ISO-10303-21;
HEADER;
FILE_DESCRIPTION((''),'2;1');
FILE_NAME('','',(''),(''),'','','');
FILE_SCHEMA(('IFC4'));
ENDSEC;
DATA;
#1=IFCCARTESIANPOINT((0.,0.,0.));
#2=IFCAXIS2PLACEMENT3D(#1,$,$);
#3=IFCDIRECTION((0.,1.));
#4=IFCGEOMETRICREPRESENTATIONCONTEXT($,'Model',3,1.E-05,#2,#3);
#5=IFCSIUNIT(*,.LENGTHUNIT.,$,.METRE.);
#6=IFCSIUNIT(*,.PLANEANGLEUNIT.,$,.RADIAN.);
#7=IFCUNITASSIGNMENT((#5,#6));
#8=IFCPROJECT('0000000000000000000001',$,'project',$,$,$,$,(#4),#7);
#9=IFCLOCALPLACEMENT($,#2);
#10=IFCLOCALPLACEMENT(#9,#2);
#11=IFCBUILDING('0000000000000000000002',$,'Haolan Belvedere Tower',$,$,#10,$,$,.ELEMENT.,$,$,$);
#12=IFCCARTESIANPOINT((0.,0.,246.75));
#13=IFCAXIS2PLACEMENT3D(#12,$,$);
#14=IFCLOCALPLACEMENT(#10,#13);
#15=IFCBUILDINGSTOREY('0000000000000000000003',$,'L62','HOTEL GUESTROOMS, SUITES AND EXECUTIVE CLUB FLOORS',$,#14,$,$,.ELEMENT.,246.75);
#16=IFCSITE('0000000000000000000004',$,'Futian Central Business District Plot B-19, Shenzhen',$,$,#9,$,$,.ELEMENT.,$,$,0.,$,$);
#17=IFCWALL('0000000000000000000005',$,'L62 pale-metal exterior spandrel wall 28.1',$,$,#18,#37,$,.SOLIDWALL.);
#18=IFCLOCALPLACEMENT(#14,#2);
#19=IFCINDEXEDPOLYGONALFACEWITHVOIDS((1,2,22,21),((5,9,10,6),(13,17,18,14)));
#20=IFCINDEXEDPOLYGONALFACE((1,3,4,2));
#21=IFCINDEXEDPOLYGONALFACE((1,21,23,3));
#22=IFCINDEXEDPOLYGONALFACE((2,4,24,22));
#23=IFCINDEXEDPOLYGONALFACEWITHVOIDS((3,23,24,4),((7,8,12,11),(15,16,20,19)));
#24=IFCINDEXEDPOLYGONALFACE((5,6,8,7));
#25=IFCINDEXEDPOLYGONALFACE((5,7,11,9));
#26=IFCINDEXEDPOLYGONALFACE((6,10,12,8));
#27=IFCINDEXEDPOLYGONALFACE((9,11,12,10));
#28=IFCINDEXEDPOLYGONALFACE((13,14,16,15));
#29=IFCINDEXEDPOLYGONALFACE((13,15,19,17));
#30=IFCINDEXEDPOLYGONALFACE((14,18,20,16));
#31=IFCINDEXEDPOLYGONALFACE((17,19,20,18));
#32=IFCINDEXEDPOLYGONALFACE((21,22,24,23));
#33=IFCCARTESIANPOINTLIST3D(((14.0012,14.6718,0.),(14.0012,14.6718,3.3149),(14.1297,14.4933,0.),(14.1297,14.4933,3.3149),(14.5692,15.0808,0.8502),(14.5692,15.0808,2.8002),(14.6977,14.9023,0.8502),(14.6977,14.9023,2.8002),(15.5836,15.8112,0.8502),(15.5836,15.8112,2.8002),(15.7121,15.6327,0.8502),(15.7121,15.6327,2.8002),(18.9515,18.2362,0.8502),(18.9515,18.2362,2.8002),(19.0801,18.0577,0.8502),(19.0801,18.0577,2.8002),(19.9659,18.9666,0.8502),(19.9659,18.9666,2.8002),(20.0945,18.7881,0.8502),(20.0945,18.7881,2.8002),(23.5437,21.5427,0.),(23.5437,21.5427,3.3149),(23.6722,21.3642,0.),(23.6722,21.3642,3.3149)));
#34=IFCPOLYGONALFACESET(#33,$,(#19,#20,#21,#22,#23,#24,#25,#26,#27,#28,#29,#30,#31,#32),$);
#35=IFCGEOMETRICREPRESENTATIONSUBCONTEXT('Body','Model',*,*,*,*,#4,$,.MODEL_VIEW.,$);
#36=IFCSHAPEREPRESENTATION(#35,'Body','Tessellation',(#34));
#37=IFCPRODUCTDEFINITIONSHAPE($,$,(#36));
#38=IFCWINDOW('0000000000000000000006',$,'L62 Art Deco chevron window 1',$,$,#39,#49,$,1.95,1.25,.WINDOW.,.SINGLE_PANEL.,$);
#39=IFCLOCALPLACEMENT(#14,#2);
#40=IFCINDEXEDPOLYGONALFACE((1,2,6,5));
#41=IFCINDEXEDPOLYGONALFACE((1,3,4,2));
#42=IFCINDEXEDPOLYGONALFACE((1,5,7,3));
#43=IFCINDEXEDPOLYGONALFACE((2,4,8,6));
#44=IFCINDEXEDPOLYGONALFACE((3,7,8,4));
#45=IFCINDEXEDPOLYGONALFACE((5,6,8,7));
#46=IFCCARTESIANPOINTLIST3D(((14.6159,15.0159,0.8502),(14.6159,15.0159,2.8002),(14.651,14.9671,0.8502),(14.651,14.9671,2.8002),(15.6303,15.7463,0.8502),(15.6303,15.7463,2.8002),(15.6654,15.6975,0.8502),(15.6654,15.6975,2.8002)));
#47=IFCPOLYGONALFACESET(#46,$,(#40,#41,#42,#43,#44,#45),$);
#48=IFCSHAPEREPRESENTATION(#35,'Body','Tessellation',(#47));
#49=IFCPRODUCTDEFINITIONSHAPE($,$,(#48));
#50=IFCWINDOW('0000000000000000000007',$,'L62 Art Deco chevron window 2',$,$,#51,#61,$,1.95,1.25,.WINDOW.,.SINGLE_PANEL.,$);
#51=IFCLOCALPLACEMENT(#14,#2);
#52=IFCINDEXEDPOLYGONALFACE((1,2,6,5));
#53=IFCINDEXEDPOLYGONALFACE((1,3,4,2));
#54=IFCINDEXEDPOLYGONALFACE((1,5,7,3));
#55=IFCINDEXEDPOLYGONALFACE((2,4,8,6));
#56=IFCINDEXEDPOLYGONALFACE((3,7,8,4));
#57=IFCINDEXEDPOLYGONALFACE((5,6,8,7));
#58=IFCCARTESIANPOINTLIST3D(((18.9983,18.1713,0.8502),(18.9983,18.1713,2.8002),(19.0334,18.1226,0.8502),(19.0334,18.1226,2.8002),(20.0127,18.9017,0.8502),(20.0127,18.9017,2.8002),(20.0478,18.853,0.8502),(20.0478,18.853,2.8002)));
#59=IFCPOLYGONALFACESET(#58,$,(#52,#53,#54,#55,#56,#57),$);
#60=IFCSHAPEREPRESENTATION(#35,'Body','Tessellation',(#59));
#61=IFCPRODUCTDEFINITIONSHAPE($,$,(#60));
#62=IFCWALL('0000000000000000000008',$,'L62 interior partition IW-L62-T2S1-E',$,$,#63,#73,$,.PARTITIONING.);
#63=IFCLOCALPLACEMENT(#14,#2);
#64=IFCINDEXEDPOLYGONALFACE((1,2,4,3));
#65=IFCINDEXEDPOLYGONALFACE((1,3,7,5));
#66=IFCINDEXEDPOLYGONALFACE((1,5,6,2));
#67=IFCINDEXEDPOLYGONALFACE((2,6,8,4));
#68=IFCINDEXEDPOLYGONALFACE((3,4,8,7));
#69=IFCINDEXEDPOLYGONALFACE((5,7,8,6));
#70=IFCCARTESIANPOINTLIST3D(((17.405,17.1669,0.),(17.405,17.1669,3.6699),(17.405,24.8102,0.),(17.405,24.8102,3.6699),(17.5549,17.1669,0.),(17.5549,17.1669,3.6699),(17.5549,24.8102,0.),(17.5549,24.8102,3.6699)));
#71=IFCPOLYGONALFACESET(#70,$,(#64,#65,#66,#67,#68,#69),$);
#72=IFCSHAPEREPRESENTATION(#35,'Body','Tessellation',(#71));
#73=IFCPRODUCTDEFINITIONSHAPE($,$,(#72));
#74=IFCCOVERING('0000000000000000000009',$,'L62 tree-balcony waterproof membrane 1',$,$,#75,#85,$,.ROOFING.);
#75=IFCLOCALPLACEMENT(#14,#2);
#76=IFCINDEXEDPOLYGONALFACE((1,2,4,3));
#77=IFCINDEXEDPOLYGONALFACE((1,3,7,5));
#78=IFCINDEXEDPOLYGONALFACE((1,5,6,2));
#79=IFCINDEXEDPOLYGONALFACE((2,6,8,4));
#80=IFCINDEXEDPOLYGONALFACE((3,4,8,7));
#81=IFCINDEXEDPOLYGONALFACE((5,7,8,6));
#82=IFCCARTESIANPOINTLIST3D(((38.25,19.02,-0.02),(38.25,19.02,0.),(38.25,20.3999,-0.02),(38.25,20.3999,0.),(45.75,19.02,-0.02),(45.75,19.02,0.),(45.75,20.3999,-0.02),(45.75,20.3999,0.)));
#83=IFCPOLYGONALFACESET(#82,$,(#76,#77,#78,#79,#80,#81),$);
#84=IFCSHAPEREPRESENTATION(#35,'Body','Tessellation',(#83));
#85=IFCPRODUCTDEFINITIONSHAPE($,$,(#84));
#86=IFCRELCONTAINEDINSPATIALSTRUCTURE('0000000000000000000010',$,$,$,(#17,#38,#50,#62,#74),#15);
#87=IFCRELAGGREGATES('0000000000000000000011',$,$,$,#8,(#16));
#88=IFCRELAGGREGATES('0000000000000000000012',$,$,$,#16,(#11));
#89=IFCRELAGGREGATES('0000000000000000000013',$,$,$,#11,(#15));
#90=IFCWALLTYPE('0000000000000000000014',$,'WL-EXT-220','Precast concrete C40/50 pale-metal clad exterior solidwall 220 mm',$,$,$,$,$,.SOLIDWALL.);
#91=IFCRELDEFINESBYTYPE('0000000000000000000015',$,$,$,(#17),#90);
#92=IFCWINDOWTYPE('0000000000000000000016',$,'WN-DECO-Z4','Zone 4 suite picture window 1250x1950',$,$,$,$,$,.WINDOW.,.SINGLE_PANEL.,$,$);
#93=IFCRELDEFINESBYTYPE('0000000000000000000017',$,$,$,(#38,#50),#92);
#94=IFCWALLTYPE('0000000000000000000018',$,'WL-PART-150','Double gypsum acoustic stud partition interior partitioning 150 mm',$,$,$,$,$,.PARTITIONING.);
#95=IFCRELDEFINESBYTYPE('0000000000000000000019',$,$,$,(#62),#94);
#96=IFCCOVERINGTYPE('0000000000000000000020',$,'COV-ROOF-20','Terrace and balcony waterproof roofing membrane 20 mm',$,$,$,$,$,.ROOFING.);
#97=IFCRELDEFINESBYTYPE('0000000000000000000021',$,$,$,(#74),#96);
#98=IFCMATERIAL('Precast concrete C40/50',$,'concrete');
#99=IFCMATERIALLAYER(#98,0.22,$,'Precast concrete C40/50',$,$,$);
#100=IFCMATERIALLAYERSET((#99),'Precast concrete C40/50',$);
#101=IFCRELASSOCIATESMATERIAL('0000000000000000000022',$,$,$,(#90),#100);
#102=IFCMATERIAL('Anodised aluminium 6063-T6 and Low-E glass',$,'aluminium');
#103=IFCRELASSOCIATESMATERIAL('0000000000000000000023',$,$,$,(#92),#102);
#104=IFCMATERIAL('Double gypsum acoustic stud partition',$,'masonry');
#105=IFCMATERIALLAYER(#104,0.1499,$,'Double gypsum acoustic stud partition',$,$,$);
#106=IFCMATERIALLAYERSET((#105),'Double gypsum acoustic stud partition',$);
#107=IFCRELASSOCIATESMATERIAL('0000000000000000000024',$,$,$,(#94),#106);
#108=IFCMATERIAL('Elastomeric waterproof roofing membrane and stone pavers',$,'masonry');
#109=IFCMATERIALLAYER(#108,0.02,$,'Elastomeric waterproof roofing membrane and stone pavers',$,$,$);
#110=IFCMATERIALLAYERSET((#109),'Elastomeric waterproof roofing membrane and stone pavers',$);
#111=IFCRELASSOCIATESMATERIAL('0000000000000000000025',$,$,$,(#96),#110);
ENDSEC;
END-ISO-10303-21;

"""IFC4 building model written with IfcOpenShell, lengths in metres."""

from ifc_helpers import new_model, si_unit, direction, frame, frame_2d, origin, place, context, subcontext, project, spatial, polyline, rectangle, outline, extrude, material, layer, layer_set, type_object, element, fill, save


model = new_model("IFC4")

# Units and contexts
model_context = context("Model", 3, precision=1e-05, world=origin(), true_north=direction((0.0, 1.0)))
body_context = subcontext(model_context, "Body", "Model", "MODEL_VIEW")
ifc_project = project(units=[si_unit("LENGTHUNIT", "METRE"), si_unit("PLANEANGLEUNIT", "RADIAN")], contexts=[model_context])

# Site, building, storey
site_placement = place(None, origin())
site = spatial("IfcSite", under=ifc_project, at=site_placement, Name="Futian Central Business District Plot B-19, Shenzhen", CompositionType="ELEMENT", RefElevation=0.0)
building_placement = place(site_placement, origin())
building = spatial("IfcBuilding", under=site, at=building_placement, Name="Haolan Belvedere Tower", CompositionType="ELEMENT")
storey_placement = place(building_placement, frame((0.0, 0.0, 246.75)))
storey = spatial("IfcBuildingStorey", under=building, at=storey_placement, Name="L62", Description="HOTEL GUESTROOMS, SUITES AND EXECUTIVE CLUB FLOORS", CompositionType="ELEMENT", Elevation=246.75)

# Shared definitions
ifc_material_1 = material(Name="Precast concrete C40/50", Category="concrete")
ifc_layer_1 = layer(ifc_material_1, 0.22, Name="Precast concrete C40/50")
ifc_layer_set_1 = layer_set([ifc_layer_1], Name="Precast concrete C40/50")
wall_type_1 = type_object("IfcWallType", Name="WL-EXT-220", Description="Precast concrete C40/50 pale-metal clad exterior solidwall 220 mm", PredefinedType="SOLIDWALL", material=ifc_layer_set_1)

# Wall, openings, windows
wall_1_placement = place(storey_placement, frame((14.0654, 14.5825, 0.0), z_axis=(0.0, 0.0, 1.0), x_axis=(0.811524, 0.584319, 0.0)))
wall_1 = element("IfcWall", 1, at=wall_1_placement, inside=storey, type_object=wall_type_1, Name="L62 pale-metal exterior spandrel wall 28.1", PredefinedType="SOLIDWALL", context=body_context, shape_type="SweptSolid", body=[
    extrude(rectangle(XDim=11.7588, YDim=0.22, at=frame_2d((5.8794, 0.0))), origin(), (0.0, 0.0, 1.0), 3.3149),
])
opening_1_placement = place(wall_1_placement, frame((0.7, 0.0, 0.8501)))
opening_1 = element("IfcOpeningElement", 2, at=opening_1_placement, cuts=wall_1, PredefinedType="OPENING", context=body_context, shape_type="SweptSolid", body=[
    extrude(rectangle(XDim=1.25, YDim=1.95, at=frame_2d((0.625, 0.9751))), frame((0.0, 0.1199, 0.0), z_axis=(0.0, -1.0, 0.0), x_axis=(1.0, 0.0, 0.0)), (0.0, 0.0, 1.0), 0.24),
])
opening_2_placement = place(wall_1_placement, frame((6.1001, 0.0, 0.8501)))
opening_2 = element("IfcOpeningElement", 3, at=opening_2_placement, cuts=wall_1, PredefinedType="OPENING", context=body_context, shape_type="SweptSolid", body=[
    extrude(rectangle(XDim=1.25, YDim=1.95, at=frame_2d((0.625, 0.9751))), frame((0.0, 0.1199, 0.0), z_axis=(0.0, -1.0, 0.0), x_axis=(1.0, 0.0, 0.0)), (0.0, 0.0, 1.0), 0.24),
])
ifc_material_2 = material(Name="Anodised aluminium 6063-T6 and Low-E glass", Category="aluminium")
window_type = type_object("IfcWindowType", Name="WN-DECO-Z4", Description="Zone 4 suite picture window 1250x1950", PartitioningType="SINGLE_PANEL", PredefinedType="WINDOW", material=ifc_material_2)
window_1_placement = place(opening_1_placement, origin())
window_1 = element("IfcWindow", 4, at=window_1_placement, inside=storey, type_object=window_type, Name="L62 Art Deco chevron window 1", OverallHeight=1.95, OverallWidth=1.25, PartitioningType="SINGLE_PANEL", PredefinedType="WINDOW", context=body_context, shape_type="SweptSolid", body=[
    extrude(rectangle(XDim=1.25, YDim=1.95, at=frame_2d((0.625, 0.9751))), frame((0.0, 0.03, 0.0), z_axis=(0.0, -1.0, 0.0), x_axis=(1.0, 0.0, 0.0)), (0.0, 0.0, 1.0), 0.0601),
])
fill(opening_1, window_1)
window_2_placement = place(opening_2_placement, origin())
window_2 = element("IfcWindow", 5, at=window_2_placement, inside=storey, type_object=window_type, Name="L62 Art Deco chevron window 2", OverallHeight=1.95, OverallWidth=1.25, PartitioningType="SINGLE_PANEL", PredefinedType="WINDOW", context=body_context, shape_type="SweptSolid", body=[
    extrude(rectangle(XDim=1.25, YDim=1.95, at=frame_2d((0.625, 0.9751))), frame((0.0, 0.03, 0.0), z_axis=(0.0, -1.0, 0.0), x_axis=(1.0, 0.0, 0.0)), (0.0, 0.0, 1.0), 0.0601),
])
fill(opening_2, window_2)

# Wall
ifc_material_3 = material(Name="Double gypsum acoustic stud partition", Category="masonry")
ifc_layer_2 = layer(ifc_material_3, 0.1499, Name="Double gypsum acoustic stud partition")
ifc_layer_set_2 = layer_set([ifc_layer_2], Name="Double gypsum acoustic stud partition")
wall_type_2 = type_object("IfcWallType", Name="WL-PART-150", Description="Double gypsum acoustic stud partition interior partitioning 150 mm", PredefinedType="PARTITIONING", material=ifc_layer_set_2)
wall_2_placement = place(storey_placement, frame((17.48, 17.1667, 0.0), z_axis=(0.0, 0.0, 1.0), x_axis=(0.0, 1.0, 0.0)))
element("IfcWall", 6, at=wall_2_placement, inside=storey, type_object=wall_type_2, Name="L62 interior partition IW-L62-T2S1-E", PredefinedType="PARTITIONING", context=body_context, shape_type="SweptSolid", body=[
    extrude(rectangle(XDim=7.6433, YDim=0.1499, at=frame_2d((3.8218, 0.0))), origin(), (0.0, 0.0, 1.0), 3.6699),
])

# Covering
ifc_material_4 = material(Name="Elastomeric waterproof roofing membrane and stone pavers", Category="masonry")
ifc_layer_3 = layer(ifc_material_4, 0.02, Name="Elastomeric waterproof roofing membrane and stone pavers")
ifc_layer_set_3 = layer_set([ifc_layer_3], Name="Elastomeric waterproof roofing membrane and stone pavers")
covering_type = type_object("IfcCoveringType", Name="COV-ROOF-20", Description="Terrace and balcony waterproof roofing membrane 20 mm", PredefinedType="ROOFING", material=ifc_layer_set_3)
covering_placement = place(storey_placement, frame((0.0, 0.0, -0.02)))
element("IfcCovering", 7, at=covering_placement, inside=storey, type_object=covering_type, Name="L62 tree-balcony waterproof membrane 1", PredefinedType="ROOFING", context=body_context, shape_type="SweptSolid", body=[
    extrude(outline(polyline([(38.25, 19.02), (45.75, 19.02), (45.75, 20.3999), (38.25, 20.3999), (38.25, 19.02)])), origin(), (0.0, 0.0, 1.0), 0.02),
])

save(model, "model.ifc")
